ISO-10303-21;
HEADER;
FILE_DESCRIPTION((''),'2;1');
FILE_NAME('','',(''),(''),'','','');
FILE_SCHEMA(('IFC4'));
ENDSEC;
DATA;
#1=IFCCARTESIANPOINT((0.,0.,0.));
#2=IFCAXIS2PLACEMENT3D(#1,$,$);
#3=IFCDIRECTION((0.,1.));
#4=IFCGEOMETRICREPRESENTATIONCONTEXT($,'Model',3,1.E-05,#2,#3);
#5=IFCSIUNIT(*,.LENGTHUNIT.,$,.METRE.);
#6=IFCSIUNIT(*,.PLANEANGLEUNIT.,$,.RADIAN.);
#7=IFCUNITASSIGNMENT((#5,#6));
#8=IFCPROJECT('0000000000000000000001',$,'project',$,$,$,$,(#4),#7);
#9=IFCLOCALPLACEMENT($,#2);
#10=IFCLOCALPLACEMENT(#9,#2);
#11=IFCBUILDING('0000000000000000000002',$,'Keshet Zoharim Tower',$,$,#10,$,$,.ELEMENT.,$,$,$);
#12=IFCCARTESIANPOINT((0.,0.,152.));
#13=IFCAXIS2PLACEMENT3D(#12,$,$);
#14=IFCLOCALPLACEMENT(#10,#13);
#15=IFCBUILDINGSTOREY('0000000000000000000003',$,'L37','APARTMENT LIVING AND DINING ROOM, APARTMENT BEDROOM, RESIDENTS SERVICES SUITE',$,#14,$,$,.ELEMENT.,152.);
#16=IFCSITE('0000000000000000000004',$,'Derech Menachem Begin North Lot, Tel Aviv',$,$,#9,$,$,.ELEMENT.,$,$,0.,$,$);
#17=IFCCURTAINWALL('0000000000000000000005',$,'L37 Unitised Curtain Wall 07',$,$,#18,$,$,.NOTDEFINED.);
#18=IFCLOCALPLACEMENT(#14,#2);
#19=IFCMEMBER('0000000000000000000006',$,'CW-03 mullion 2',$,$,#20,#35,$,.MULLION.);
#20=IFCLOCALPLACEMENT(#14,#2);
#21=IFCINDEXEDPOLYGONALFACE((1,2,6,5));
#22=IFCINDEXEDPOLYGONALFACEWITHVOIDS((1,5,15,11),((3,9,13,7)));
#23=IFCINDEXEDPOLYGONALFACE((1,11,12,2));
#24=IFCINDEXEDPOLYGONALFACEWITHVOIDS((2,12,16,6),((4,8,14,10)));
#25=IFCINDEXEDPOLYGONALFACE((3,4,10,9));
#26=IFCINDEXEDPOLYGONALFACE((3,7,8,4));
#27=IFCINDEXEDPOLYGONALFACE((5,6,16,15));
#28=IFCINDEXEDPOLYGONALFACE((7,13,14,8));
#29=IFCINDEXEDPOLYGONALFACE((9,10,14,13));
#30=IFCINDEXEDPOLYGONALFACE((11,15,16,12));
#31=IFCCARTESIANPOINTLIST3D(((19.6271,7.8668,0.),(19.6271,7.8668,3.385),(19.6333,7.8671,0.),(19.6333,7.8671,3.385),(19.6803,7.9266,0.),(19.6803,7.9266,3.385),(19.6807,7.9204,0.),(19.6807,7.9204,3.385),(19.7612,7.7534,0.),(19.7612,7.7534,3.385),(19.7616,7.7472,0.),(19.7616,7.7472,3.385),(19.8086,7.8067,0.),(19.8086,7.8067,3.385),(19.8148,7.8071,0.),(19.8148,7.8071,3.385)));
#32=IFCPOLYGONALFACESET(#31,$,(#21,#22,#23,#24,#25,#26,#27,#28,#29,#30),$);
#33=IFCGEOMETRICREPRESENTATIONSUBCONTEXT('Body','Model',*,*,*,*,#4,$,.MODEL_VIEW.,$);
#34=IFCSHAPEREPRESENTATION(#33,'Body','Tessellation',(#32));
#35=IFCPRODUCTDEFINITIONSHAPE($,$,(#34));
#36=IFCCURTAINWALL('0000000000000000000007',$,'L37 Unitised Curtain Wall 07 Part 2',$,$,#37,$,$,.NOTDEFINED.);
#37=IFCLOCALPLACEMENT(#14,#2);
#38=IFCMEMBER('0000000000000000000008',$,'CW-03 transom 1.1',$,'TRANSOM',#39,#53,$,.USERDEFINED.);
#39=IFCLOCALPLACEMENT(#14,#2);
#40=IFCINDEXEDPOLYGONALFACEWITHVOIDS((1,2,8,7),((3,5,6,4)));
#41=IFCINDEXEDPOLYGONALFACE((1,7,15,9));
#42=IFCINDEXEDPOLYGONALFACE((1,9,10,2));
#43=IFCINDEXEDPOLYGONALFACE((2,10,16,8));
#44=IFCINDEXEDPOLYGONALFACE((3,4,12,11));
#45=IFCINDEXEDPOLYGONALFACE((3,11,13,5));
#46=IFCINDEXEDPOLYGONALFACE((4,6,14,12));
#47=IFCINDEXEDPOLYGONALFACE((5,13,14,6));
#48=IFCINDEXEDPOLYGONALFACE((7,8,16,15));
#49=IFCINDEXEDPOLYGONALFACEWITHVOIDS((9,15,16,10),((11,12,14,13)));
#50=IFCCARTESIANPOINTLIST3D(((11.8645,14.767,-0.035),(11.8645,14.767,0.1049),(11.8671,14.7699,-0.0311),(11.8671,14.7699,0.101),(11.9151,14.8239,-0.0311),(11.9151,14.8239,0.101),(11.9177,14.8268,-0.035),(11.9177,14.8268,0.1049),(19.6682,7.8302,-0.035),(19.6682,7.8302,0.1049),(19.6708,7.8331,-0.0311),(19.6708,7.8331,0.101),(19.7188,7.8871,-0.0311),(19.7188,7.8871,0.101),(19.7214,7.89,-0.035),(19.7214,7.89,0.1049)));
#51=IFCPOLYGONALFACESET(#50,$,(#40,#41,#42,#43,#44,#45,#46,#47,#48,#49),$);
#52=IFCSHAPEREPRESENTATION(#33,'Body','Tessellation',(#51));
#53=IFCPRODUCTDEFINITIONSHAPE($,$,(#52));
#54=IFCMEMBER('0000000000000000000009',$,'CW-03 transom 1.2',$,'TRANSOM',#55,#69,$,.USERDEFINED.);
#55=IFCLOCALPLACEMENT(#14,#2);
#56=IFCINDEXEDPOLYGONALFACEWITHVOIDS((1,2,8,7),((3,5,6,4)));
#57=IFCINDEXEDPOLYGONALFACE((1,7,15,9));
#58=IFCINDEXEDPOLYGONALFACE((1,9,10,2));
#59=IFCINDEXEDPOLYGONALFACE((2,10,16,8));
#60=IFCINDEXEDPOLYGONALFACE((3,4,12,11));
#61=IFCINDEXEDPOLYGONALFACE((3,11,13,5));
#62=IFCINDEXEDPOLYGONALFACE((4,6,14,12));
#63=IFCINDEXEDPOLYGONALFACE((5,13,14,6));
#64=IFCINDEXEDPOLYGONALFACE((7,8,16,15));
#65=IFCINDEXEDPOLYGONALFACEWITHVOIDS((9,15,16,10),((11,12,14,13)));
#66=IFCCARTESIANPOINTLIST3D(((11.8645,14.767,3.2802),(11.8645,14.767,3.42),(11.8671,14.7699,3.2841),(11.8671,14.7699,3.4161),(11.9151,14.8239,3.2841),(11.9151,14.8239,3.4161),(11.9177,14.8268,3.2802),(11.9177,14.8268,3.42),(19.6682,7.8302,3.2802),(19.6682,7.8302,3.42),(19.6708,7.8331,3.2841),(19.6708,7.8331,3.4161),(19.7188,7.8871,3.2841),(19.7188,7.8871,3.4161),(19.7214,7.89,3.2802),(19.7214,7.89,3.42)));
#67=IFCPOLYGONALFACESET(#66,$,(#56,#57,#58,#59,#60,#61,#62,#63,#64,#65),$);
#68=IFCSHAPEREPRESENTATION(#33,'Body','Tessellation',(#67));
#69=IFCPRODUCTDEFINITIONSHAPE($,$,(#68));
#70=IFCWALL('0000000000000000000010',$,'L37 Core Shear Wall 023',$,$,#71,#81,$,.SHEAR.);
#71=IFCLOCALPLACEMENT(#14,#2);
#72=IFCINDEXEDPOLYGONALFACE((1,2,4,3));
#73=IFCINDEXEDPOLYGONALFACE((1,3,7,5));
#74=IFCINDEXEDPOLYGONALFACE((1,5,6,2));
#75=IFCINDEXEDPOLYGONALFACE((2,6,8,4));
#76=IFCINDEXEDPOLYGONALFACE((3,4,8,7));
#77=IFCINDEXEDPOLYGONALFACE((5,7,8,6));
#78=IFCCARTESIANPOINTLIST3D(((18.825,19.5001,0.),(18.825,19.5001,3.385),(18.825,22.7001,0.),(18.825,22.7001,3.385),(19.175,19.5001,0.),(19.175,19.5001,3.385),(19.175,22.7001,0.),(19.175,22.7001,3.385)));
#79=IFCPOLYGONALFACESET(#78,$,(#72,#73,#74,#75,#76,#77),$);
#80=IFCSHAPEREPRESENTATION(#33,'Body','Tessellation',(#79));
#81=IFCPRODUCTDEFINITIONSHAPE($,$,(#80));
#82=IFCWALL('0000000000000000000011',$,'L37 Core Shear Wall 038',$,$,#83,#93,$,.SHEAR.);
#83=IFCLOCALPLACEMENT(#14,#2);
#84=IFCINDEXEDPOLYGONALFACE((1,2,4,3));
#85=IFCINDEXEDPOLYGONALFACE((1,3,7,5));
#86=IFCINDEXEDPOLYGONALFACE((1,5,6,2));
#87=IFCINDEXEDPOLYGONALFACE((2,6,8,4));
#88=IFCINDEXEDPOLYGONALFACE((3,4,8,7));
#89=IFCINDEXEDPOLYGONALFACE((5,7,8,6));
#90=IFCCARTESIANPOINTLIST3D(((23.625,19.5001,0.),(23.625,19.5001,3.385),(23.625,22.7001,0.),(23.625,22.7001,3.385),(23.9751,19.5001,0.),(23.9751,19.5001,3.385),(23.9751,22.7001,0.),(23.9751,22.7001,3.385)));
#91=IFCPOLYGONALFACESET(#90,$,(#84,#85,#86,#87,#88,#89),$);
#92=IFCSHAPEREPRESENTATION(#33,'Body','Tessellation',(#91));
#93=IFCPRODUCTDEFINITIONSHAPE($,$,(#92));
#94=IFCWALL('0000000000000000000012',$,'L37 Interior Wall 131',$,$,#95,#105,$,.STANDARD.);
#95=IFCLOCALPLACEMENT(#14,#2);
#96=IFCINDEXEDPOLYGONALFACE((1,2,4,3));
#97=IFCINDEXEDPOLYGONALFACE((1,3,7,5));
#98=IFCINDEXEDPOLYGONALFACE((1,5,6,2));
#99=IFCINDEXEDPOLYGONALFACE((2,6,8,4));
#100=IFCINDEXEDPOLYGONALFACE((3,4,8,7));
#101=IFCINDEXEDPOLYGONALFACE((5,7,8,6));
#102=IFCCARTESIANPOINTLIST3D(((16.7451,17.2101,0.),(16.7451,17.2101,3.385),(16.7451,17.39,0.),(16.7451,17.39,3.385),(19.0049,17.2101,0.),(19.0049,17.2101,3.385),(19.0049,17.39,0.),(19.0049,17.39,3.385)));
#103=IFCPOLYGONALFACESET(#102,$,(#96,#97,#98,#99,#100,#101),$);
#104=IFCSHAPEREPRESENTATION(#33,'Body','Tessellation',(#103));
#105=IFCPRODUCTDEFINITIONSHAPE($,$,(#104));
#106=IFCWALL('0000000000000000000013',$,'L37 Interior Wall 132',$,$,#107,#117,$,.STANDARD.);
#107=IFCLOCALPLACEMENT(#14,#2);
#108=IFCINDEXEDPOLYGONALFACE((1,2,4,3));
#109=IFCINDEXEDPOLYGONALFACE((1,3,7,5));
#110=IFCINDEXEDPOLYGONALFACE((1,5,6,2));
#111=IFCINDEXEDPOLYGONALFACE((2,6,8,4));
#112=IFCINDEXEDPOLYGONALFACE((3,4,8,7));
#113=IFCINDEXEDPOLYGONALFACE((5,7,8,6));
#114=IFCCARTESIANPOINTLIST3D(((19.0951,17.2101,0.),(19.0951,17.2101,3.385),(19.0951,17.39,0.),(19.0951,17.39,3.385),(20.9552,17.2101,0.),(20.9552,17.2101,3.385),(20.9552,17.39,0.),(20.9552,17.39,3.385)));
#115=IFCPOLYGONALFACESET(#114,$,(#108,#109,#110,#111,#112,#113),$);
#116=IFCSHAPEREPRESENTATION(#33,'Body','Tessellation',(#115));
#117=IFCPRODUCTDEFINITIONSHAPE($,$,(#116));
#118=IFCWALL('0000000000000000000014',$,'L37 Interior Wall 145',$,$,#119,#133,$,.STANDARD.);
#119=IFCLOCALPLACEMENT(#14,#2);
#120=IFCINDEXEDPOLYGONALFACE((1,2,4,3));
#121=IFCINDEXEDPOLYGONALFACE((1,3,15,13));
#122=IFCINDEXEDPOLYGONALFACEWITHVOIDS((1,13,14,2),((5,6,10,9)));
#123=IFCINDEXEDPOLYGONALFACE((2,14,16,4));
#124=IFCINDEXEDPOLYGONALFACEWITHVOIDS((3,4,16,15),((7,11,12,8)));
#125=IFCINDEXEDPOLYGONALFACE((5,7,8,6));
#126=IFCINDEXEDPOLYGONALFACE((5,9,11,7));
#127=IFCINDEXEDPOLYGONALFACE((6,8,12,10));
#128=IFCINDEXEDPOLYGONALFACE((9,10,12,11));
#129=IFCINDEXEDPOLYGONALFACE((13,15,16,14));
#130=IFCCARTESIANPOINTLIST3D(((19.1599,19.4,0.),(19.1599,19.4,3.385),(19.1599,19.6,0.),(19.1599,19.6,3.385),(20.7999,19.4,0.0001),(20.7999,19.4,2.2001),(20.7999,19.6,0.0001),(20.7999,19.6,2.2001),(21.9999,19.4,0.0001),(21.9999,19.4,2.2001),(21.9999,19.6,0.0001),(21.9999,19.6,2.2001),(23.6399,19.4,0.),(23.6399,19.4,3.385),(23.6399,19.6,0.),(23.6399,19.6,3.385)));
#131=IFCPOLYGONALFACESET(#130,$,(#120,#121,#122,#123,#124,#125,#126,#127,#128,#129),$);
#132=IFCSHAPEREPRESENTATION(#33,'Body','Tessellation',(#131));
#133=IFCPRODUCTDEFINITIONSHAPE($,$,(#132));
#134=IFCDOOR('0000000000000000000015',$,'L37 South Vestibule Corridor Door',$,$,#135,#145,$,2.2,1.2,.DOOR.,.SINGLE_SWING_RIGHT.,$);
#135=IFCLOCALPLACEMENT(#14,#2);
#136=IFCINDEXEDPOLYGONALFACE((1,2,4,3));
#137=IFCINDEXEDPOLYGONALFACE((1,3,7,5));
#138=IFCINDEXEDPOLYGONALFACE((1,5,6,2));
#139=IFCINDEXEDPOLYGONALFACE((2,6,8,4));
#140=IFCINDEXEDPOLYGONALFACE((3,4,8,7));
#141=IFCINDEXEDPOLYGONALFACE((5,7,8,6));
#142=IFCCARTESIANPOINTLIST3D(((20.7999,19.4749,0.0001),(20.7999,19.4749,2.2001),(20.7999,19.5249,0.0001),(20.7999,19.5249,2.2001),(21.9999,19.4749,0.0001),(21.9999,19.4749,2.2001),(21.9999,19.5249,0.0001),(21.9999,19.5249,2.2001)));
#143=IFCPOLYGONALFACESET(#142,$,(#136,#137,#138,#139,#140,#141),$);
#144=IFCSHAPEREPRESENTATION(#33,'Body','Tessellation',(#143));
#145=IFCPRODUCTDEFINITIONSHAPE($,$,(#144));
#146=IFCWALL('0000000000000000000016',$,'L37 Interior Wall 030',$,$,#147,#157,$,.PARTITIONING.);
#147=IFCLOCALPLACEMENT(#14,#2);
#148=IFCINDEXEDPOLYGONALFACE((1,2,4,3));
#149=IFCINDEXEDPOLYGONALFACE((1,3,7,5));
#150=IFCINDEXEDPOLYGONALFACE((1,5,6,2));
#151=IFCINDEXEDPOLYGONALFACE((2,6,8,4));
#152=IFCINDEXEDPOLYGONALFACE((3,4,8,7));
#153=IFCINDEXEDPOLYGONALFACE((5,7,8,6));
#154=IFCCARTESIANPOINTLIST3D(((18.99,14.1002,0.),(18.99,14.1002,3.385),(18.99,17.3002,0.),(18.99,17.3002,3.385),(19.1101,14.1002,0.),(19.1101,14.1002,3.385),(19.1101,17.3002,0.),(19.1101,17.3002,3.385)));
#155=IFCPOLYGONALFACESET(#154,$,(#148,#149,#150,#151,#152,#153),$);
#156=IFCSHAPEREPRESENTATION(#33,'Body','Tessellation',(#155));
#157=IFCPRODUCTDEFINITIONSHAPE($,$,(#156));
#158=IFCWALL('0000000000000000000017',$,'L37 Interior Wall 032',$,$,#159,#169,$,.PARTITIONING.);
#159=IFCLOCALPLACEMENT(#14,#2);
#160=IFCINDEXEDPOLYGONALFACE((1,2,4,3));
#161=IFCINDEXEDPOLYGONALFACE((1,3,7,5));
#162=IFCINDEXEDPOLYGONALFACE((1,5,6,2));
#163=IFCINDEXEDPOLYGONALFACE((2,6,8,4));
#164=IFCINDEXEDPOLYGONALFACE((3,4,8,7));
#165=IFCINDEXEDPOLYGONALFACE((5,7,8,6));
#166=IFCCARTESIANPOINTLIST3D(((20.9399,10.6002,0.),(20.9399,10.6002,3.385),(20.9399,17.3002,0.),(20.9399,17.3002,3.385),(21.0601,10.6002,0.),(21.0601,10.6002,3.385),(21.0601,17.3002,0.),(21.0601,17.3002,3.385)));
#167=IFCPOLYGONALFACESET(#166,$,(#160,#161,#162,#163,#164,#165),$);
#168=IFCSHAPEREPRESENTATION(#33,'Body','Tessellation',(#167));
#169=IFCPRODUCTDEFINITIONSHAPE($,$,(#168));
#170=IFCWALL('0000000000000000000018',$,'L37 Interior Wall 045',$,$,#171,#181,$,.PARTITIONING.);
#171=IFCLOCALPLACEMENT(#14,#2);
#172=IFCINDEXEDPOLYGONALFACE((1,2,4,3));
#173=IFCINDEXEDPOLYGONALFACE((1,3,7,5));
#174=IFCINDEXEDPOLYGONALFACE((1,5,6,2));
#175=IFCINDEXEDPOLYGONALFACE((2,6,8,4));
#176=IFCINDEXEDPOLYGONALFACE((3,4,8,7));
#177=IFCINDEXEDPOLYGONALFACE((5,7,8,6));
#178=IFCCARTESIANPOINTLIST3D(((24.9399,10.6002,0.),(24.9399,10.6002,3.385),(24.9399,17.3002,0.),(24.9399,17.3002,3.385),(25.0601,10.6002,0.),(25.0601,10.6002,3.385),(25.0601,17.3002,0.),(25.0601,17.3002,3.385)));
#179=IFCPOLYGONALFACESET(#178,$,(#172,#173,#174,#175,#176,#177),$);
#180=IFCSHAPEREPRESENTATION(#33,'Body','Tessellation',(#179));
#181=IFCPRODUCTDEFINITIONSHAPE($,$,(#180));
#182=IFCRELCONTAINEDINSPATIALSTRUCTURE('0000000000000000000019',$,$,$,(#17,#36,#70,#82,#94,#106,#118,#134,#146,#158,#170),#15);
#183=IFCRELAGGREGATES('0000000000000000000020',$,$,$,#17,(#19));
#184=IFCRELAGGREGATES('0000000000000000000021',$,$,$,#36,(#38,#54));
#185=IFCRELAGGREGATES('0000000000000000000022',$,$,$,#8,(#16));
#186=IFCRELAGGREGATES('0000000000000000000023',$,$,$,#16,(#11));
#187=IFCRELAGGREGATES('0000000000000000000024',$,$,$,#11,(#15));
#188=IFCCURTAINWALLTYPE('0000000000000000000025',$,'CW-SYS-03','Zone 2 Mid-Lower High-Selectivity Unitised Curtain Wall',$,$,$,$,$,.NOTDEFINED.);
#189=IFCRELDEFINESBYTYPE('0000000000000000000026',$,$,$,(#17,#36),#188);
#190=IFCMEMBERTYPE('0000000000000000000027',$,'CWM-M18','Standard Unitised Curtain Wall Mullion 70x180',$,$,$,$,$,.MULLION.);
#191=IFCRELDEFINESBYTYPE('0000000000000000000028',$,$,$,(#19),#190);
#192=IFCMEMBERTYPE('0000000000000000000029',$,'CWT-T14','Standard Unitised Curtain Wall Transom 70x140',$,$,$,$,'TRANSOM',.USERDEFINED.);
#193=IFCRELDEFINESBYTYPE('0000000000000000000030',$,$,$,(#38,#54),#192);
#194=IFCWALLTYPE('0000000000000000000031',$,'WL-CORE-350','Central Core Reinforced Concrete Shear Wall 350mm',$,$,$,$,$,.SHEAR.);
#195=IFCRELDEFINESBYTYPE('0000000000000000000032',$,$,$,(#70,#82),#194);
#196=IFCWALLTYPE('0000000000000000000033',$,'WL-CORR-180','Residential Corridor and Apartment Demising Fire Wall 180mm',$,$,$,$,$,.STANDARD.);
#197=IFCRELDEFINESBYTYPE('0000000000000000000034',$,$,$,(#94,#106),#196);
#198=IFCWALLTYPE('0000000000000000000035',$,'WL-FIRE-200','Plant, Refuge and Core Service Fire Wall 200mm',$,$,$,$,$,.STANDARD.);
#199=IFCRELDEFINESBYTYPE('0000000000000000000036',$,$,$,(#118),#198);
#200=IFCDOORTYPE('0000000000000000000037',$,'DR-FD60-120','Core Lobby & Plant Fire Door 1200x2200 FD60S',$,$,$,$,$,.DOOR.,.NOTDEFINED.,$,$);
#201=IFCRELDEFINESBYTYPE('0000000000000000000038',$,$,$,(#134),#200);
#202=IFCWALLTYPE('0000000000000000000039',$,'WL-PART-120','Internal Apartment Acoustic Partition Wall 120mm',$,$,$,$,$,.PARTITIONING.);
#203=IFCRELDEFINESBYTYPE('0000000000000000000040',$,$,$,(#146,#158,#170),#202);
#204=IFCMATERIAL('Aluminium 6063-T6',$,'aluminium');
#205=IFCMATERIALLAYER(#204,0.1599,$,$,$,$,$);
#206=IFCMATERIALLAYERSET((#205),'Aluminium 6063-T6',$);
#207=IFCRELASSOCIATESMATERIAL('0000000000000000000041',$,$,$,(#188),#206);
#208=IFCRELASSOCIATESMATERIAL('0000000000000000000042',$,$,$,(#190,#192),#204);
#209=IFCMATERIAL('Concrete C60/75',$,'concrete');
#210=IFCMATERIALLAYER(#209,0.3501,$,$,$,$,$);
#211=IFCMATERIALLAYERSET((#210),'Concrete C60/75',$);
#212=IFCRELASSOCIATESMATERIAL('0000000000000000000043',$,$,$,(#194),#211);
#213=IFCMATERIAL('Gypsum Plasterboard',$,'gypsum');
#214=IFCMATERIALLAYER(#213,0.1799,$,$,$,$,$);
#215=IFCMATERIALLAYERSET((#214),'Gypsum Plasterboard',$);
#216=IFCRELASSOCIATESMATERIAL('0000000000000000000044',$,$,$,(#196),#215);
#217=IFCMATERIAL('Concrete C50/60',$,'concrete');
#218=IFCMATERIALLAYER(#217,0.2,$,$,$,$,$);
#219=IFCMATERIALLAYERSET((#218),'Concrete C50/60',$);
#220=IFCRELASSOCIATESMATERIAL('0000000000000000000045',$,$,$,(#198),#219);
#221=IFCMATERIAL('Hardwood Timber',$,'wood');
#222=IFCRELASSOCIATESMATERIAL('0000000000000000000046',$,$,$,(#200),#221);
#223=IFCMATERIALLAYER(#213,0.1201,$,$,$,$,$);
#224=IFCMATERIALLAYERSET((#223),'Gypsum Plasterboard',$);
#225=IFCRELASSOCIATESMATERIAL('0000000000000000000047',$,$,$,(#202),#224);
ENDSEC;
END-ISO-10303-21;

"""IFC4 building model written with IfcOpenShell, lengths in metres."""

from ifc_helpers import new_model, si_unit, direction, frame, frame_2d, origin, origin_2d, place, context, subcontext, project, spatial, rectangle, hollow_rectangle, extrude, material, layer, layer_set, material_profile, profile_set, type_object, element, fill, aggregate, save


model = new_model("IFC4")

# Units and contexts
model_context = context("Model", 3, precision=1e-05, world=origin(), true_north=direction((0.0, 1.0)))
body_context = subcontext(model_context, "Body", "Model", "MODEL_VIEW")
ifc_project = project(units=[si_unit("LENGTHUNIT", "METRE"), si_unit("PLANEANGLEUNIT", "RADIAN")], contexts=[model_context])

# Site, building, storey
site_placement = place(None, origin())
site = spatial("IfcSite", under=ifc_project, at=site_placement, Name="Derech Menachem Begin North Lot, Tel Aviv", CompositionType="ELEMENT", RefElevation=0.0)
building_placement = place(site_placement, origin())
building = spatial("IfcBuilding", under=site, at=building_placement, Name="Keshet Zoharim Tower", CompositionType="ELEMENT")
storey_placement = place(building_placement, frame((0.0, 0.0, 152.0)))
storey = spatial("IfcBuildingStorey", under=building, at=storey_placement, Name="L37", Description="APARTMENT LIVING AND DINING ROOM, APARTMENT BEDROOM, RESIDENTS SERVICES SUITE", CompositionType="ELEMENT", Elevation=152.0)

# Curtain wall, member
ifc_material_1 = material(Name="Aluminium 6063-T6", Category="aluminium")
ifc_layer_1 = layer(ifc_material_1, 0.1599)
ifc_layer_set_1 = layer_set([ifc_layer_1], Name="Aluminium 6063-T6")
curtain_wall_type = type_object("IfcCurtainWallType", Name="CW-SYS-03", Description="Zone 2 Mid-Lower High-Selectivity Unitised Curtain Wall", PredefinedType="NOTDEFINED", material=ifc_layer_set_1)
curtain_wall_1_placement = place(storey_placement, origin())
curtain_wall_1 = element("IfcCurtainWall", 1, at=curtain_wall_1_placement, inside=storey, type_object=curtain_wall_type, Name="L37 Unitised Curtain Wall 07", PredefinedType="NOTDEFINED")
ifc_material_profile_1 = material_profile(ifc_material_1, hollow_rectangle(XDim=0.0801, YDim=0.1799, WallThickness=0.0044, at=origin_2d()), Name="MUL-80x180")
ifc_profile_set_1 = profile_set([ifc_material_profile_1], Name="Aluminium 6063-T6")
member_type_1 = type_object("IfcMemberType", Name="CWM-M18", Description="Standard Unitised Curtain Wall Mullion 70x180", PredefinedType="MULLION", material=ifc_profile_set_1)
member_1_placement = place(storey_placement, frame((19.7209, 7.8369, 0.0), z_axis=(0.0, 0.0, 1.0), x_axis=(-0.664367, -0.747406, 0.0)))
member_1 = element("IfcMember", 2, at=member_1_placement, type_object=member_type_1, Name="CW-03 mullion 2", PredefinedType="MULLION", context=body_context, shape_type="SweptSolid", body=[
    extrude(hollow_rectangle(XDim=0.0801, YDim=0.1799, WallThickness=0.0044, at=origin_2d()), origin(), (0.0, 0.0, 1.0), 3.385),
])
aggregate(curtain_wall_1, [member_1])

# Curtain wall, members
curtain_wall_2_placement = place(storey_placement, origin())
curtain_wall_2 = element("IfcCurtainWall", 3, at=curtain_wall_2_placement, inside=storey, type_object=curtain_wall_type, Name="L37 Unitised Curtain Wall 07 Part 2", PredefinedType="NOTDEFINED")
ifc_material_profile_2 = material_profile(ifc_material_1, hollow_rectangle(XDim=0.0801, YDim=0.1399, WallThickness=0.0039, at=origin_2d()), Name="TRN-80x140")
ifc_profile_set_2 = profile_set([ifc_material_profile_2], Name="Aluminium 6063-T6")
member_type_2 = type_object("IfcMemberType", Name="CWT-T14", Description="Standard Unitised Curtain Wall Transom 70x140", ElementType="TRANSOM", PredefinedType="USERDEFINED", material=ifc_profile_set_2)
member_2_placement = place(storey_placement, frame((19.6948, 7.8601, 0.0349), z_axis=(-0.747403, 0.664371, 0.0), x_axis=(-0.664371, -0.747403, 0.0)))
member_2 = element("IfcMember", 4, at=member_2_placement, type_object=member_type_2, Name="CW-03 transom 1.1", ObjectType="TRANSOM", PredefinedType="USERDEFINED", context=body_context, shape_type="SweptSolid", body=[
    extrude(hollow_rectangle(XDim=0.0801, YDim=0.1399, WallThickness=0.0039, at=origin_2d()), origin(), (0.0, 0.0, 1.0), 10.4412),
])
member_3_placement = place(storey_placement, frame((19.6948, 7.8601, 3.3501), z_axis=(-0.747403, 0.664371, 0.0), x_axis=(-0.664371, -0.747403, 0.0)))
member_3 = element("IfcMember", 5, at=member_3_placement, type_object=member_type_2, Name="CW-03 transom 1.2", ObjectType="TRANSOM", PredefinedType="USERDEFINED", context=body_context, shape_type="SweptSolid", body=[
    extrude(hollow_rectangle(XDim=0.0801, YDim=0.1399, WallThickness=0.0039, at=origin_2d()), origin(), (0.0, 0.0, 1.0), 10.4412),
])
aggregate(curtain_wall_2, [member_2, member_3])

# Shared definitions
ifc_material_2 = material(Name="Gypsum Plasterboard", Category="gypsum")
ifc_material_3 = material(Name="Hardwood Timber", Category="wood")

# Walls
ifc_material_4 = material(Name="Concrete C60/75", Category="concrete")
ifc_layer_2 = layer(ifc_material_4, 0.3501)
ifc_layer_set_2 = layer_set([ifc_layer_2], Name="Concrete C60/75")
wall_type_1 = type_object("IfcWallType", Name="WL-CORE-350", Description="Central Core Reinforced Concrete Shear Wall 350mm", PredefinedType="SHEAR", material=ifc_layer_set_2)
for number, where, z_axis, x_axis, name in (
    (6, (19.0, 19.5, 0.0), (0.0, 0.0, 1.0), (0.0, 1.0, 0.0), "L37 Core Shear Wall 023"),
    (7, (23.8, 19.5, 0.0), (0.0, 0.0, 1.0), (0.0, 1.0, 0.0), "L37 Core Shear Wall 038"),
):
    element("IfcWall", number, at=place(storey_placement, frame(where, z_axis=z_axis, x_axis=x_axis)), inside=storey, type_object=wall_type_1, Name=name, PredefinedType="SHEAR", context=body_context, shape_type="SweptSolid", body=[
        extrude(rectangle(XDim=3.2, YDim=0.3501, at=frame_2d((1.6001, 0.0))), origin(), (0.0, 0.0, 1.0), 3.385),
    ])
ifc_layer_3 = layer(ifc_material_2, 0.1799)
ifc_layer_set_3 = layer_set([ifc_layer_3], Name="Gypsum Plasterboard")
wall_type_2 = type_object("IfcWallType", Name="WL-CORR-180", Description="Residential Corridor and Apartment Demising Fire Wall 180mm", PredefinedType="STANDARD", material=ifc_layer_set_3)
wall_1_placement = place(storey_placement, frame((16.7451, 17.3, 0.0), z_axis=(0.0, 0.0, 1.0), x_axis=(1.0, 0.0, 0.0)))
element("IfcWall", 8, at=wall_1_placement, inside=storey, type_object=wall_type_2, Name="L37 Interior Wall 131", PredefinedType="STANDARD", context=body_context, shape_type="SweptSolid", body=[
    extrude(rectangle(XDim=2.2598, YDim=0.1799, at=frame_2d((1.1299, 0.0))), origin(), (0.0, 0.0, 1.0), 3.385),
])
wall_2_placement = place(storey_placement, frame((19.095, 17.3, 0.0), z_axis=(0.0, 0.0, 1.0), x_axis=(1.0, 0.0, 0.0)))
element("IfcWall", 9, at=wall_2_placement, inside=storey, type_object=wall_type_2, Name="L37 Interior Wall 132", PredefinedType="STANDARD", context=body_context, shape_type="SweptSolid", body=[
    extrude(rectangle(XDim=1.8601, YDim=0.1799, at=frame_2d((0.9302, 0.0))), origin(), (0.0, 0.0, 1.0), 3.385),
])

# Wall, opening, door
ifc_material_5 = material(Name="Concrete C50/60", Category="concrete")
ifc_layer_4 = layer(ifc_material_5, 0.2)
ifc_layer_set_4 = layer_set([ifc_layer_4], Name="Concrete C50/60")
wall_type_3 = type_object("IfcWallType", Name="WL-FIRE-200", Description="Plant, Refuge and Core Service Fire Wall 200mm", PredefinedType="STANDARD", material=ifc_layer_set_4)
wall_3_placement = place(storey_placement, frame((19.1599, 19.5, 0.0), z_axis=(0.0, 0.0, 1.0), x_axis=(1.0, 0.0, 0.0)))
wall_3 = element("IfcWall", 10, at=wall_3_placement, inside=storey, type_object=wall_type_3, Name="L37 Interior Wall 145", PredefinedType="STANDARD", context=body_context, shape_type="SweptSolid", body=[
    extrude(rectangle(XDim=4.48, YDim=0.2, at=frame_2d((2.24, 0.0))), origin(), (0.0, 0.0, 1.0), 3.385),
])
opening_1_placement = place(wall_3_placement, frame((1.6399, 0.0, 0.0)))
opening_1 = element("IfcOpeningElement", 11, at=opening_1_placement, cuts=wall_3, PredefinedType="OPENING", context=body_context, shape_type="SweptSolid", body=[
    extrude(rectangle(XDim=1.2, YDim=2.2, at=frame_2d((0.6001, 1.1001))), frame((0.0, 0.1099, 0.0), z_axis=(0.0, -1.0, 0.0), x_axis=(1.0, 0.0, 0.0)), (0.0, 0.0, 1.0), 0.22),
])
door_type_1 = type_object("IfcDoorType", Name="DR-FD60-120", Description="Core Lobby & Plant Fire Door 1200x2200 FD60S", OperationType="NOTDEFINED", PredefinedType="DOOR", material=ifc_material_3)
door_1_placement = place(opening_1_placement, origin())
door_1 = element("IfcDoor", 12, at=door_1_placement, inside=storey, type_object=door_type_1, Name="L37 South Vestibule Corridor Door", OperationType="SINGLE_SWING_RIGHT", OverallHeight=2.2, OverallWidth=1.2, PredefinedType="DOOR", context=body_context, shape_type="SweptSolid", body=[
    extrude(rectangle(XDim=1.2, YDim=2.2, at=frame_2d((0.6001, 1.1001))), frame((0.0, 0.0249, 0.0), z_axis=(0.0, -1.0, 0.0), x_axis=(1.0, 0.0, 0.0)), (0.0, 0.0, 1.0), 0.05),
])
fill(opening_1, door_1)

# Walls
ifc_layer_5 = layer(ifc_material_2, 0.1201)
ifc_layer_set_5 = layer_set([ifc_layer_5], Name="Gypsum Plasterboard")
wall_type_4 = type_object("IfcWallType", Name="WL-PART-120", Description="Internal Apartment Acoustic Partition Wall 120mm", PredefinedType="PARTITIONING", material=ifc_layer_set_5)
wall_4_placement = place(storey_placement, frame((19.05, 14.1001, 0.0), z_axis=(0.0, 0.0, 1.0), x_axis=(0.0, 1.0, 0.0)))
element("IfcWall", 13, at=wall_4_placement, inside=storey, type_object=wall_type_4, Name="L37 Interior Wall 030", PredefinedType="PARTITIONING", context=body_context, shape_type="SweptSolid", body=[
    extrude(rectangle(XDim=3.2, YDim=0.1201, at=frame_2d((1.6001, 0.0))), origin(), (0.0, 0.0, 1.0), 3.385),
])
for number, where, z_axis, x_axis, name in (
    (14, (21.0, 10.6001, 0.0), (0.0, 0.0, 1.0), (0.0, 1.0, 0.0), "L37 Interior Wall 032"),
    (15, (25.0, 10.6001, 0.0), (0.0, 0.0, 1.0), (0.0, 1.0, 0.0), "L37 Interior Wall 045"),
):
    element("IfcWall", number, at=place(storey_placement, frame(where, z_axis=z_axis, x_axis=x_axis)), inside=storey, type_object=wall_type_4, Name=name, PredefinedType="PARTITIONING", context=body_context, shape_type="SweptSolid", body=[
        extrude(rectangle(XDim=6.7, YDim=0.1201, at=frame_2d((3.3501, 0.0))), origin(), (0.0, 0.0, 1.0), 3.385),
    ])

save(model, "model.ifc")
